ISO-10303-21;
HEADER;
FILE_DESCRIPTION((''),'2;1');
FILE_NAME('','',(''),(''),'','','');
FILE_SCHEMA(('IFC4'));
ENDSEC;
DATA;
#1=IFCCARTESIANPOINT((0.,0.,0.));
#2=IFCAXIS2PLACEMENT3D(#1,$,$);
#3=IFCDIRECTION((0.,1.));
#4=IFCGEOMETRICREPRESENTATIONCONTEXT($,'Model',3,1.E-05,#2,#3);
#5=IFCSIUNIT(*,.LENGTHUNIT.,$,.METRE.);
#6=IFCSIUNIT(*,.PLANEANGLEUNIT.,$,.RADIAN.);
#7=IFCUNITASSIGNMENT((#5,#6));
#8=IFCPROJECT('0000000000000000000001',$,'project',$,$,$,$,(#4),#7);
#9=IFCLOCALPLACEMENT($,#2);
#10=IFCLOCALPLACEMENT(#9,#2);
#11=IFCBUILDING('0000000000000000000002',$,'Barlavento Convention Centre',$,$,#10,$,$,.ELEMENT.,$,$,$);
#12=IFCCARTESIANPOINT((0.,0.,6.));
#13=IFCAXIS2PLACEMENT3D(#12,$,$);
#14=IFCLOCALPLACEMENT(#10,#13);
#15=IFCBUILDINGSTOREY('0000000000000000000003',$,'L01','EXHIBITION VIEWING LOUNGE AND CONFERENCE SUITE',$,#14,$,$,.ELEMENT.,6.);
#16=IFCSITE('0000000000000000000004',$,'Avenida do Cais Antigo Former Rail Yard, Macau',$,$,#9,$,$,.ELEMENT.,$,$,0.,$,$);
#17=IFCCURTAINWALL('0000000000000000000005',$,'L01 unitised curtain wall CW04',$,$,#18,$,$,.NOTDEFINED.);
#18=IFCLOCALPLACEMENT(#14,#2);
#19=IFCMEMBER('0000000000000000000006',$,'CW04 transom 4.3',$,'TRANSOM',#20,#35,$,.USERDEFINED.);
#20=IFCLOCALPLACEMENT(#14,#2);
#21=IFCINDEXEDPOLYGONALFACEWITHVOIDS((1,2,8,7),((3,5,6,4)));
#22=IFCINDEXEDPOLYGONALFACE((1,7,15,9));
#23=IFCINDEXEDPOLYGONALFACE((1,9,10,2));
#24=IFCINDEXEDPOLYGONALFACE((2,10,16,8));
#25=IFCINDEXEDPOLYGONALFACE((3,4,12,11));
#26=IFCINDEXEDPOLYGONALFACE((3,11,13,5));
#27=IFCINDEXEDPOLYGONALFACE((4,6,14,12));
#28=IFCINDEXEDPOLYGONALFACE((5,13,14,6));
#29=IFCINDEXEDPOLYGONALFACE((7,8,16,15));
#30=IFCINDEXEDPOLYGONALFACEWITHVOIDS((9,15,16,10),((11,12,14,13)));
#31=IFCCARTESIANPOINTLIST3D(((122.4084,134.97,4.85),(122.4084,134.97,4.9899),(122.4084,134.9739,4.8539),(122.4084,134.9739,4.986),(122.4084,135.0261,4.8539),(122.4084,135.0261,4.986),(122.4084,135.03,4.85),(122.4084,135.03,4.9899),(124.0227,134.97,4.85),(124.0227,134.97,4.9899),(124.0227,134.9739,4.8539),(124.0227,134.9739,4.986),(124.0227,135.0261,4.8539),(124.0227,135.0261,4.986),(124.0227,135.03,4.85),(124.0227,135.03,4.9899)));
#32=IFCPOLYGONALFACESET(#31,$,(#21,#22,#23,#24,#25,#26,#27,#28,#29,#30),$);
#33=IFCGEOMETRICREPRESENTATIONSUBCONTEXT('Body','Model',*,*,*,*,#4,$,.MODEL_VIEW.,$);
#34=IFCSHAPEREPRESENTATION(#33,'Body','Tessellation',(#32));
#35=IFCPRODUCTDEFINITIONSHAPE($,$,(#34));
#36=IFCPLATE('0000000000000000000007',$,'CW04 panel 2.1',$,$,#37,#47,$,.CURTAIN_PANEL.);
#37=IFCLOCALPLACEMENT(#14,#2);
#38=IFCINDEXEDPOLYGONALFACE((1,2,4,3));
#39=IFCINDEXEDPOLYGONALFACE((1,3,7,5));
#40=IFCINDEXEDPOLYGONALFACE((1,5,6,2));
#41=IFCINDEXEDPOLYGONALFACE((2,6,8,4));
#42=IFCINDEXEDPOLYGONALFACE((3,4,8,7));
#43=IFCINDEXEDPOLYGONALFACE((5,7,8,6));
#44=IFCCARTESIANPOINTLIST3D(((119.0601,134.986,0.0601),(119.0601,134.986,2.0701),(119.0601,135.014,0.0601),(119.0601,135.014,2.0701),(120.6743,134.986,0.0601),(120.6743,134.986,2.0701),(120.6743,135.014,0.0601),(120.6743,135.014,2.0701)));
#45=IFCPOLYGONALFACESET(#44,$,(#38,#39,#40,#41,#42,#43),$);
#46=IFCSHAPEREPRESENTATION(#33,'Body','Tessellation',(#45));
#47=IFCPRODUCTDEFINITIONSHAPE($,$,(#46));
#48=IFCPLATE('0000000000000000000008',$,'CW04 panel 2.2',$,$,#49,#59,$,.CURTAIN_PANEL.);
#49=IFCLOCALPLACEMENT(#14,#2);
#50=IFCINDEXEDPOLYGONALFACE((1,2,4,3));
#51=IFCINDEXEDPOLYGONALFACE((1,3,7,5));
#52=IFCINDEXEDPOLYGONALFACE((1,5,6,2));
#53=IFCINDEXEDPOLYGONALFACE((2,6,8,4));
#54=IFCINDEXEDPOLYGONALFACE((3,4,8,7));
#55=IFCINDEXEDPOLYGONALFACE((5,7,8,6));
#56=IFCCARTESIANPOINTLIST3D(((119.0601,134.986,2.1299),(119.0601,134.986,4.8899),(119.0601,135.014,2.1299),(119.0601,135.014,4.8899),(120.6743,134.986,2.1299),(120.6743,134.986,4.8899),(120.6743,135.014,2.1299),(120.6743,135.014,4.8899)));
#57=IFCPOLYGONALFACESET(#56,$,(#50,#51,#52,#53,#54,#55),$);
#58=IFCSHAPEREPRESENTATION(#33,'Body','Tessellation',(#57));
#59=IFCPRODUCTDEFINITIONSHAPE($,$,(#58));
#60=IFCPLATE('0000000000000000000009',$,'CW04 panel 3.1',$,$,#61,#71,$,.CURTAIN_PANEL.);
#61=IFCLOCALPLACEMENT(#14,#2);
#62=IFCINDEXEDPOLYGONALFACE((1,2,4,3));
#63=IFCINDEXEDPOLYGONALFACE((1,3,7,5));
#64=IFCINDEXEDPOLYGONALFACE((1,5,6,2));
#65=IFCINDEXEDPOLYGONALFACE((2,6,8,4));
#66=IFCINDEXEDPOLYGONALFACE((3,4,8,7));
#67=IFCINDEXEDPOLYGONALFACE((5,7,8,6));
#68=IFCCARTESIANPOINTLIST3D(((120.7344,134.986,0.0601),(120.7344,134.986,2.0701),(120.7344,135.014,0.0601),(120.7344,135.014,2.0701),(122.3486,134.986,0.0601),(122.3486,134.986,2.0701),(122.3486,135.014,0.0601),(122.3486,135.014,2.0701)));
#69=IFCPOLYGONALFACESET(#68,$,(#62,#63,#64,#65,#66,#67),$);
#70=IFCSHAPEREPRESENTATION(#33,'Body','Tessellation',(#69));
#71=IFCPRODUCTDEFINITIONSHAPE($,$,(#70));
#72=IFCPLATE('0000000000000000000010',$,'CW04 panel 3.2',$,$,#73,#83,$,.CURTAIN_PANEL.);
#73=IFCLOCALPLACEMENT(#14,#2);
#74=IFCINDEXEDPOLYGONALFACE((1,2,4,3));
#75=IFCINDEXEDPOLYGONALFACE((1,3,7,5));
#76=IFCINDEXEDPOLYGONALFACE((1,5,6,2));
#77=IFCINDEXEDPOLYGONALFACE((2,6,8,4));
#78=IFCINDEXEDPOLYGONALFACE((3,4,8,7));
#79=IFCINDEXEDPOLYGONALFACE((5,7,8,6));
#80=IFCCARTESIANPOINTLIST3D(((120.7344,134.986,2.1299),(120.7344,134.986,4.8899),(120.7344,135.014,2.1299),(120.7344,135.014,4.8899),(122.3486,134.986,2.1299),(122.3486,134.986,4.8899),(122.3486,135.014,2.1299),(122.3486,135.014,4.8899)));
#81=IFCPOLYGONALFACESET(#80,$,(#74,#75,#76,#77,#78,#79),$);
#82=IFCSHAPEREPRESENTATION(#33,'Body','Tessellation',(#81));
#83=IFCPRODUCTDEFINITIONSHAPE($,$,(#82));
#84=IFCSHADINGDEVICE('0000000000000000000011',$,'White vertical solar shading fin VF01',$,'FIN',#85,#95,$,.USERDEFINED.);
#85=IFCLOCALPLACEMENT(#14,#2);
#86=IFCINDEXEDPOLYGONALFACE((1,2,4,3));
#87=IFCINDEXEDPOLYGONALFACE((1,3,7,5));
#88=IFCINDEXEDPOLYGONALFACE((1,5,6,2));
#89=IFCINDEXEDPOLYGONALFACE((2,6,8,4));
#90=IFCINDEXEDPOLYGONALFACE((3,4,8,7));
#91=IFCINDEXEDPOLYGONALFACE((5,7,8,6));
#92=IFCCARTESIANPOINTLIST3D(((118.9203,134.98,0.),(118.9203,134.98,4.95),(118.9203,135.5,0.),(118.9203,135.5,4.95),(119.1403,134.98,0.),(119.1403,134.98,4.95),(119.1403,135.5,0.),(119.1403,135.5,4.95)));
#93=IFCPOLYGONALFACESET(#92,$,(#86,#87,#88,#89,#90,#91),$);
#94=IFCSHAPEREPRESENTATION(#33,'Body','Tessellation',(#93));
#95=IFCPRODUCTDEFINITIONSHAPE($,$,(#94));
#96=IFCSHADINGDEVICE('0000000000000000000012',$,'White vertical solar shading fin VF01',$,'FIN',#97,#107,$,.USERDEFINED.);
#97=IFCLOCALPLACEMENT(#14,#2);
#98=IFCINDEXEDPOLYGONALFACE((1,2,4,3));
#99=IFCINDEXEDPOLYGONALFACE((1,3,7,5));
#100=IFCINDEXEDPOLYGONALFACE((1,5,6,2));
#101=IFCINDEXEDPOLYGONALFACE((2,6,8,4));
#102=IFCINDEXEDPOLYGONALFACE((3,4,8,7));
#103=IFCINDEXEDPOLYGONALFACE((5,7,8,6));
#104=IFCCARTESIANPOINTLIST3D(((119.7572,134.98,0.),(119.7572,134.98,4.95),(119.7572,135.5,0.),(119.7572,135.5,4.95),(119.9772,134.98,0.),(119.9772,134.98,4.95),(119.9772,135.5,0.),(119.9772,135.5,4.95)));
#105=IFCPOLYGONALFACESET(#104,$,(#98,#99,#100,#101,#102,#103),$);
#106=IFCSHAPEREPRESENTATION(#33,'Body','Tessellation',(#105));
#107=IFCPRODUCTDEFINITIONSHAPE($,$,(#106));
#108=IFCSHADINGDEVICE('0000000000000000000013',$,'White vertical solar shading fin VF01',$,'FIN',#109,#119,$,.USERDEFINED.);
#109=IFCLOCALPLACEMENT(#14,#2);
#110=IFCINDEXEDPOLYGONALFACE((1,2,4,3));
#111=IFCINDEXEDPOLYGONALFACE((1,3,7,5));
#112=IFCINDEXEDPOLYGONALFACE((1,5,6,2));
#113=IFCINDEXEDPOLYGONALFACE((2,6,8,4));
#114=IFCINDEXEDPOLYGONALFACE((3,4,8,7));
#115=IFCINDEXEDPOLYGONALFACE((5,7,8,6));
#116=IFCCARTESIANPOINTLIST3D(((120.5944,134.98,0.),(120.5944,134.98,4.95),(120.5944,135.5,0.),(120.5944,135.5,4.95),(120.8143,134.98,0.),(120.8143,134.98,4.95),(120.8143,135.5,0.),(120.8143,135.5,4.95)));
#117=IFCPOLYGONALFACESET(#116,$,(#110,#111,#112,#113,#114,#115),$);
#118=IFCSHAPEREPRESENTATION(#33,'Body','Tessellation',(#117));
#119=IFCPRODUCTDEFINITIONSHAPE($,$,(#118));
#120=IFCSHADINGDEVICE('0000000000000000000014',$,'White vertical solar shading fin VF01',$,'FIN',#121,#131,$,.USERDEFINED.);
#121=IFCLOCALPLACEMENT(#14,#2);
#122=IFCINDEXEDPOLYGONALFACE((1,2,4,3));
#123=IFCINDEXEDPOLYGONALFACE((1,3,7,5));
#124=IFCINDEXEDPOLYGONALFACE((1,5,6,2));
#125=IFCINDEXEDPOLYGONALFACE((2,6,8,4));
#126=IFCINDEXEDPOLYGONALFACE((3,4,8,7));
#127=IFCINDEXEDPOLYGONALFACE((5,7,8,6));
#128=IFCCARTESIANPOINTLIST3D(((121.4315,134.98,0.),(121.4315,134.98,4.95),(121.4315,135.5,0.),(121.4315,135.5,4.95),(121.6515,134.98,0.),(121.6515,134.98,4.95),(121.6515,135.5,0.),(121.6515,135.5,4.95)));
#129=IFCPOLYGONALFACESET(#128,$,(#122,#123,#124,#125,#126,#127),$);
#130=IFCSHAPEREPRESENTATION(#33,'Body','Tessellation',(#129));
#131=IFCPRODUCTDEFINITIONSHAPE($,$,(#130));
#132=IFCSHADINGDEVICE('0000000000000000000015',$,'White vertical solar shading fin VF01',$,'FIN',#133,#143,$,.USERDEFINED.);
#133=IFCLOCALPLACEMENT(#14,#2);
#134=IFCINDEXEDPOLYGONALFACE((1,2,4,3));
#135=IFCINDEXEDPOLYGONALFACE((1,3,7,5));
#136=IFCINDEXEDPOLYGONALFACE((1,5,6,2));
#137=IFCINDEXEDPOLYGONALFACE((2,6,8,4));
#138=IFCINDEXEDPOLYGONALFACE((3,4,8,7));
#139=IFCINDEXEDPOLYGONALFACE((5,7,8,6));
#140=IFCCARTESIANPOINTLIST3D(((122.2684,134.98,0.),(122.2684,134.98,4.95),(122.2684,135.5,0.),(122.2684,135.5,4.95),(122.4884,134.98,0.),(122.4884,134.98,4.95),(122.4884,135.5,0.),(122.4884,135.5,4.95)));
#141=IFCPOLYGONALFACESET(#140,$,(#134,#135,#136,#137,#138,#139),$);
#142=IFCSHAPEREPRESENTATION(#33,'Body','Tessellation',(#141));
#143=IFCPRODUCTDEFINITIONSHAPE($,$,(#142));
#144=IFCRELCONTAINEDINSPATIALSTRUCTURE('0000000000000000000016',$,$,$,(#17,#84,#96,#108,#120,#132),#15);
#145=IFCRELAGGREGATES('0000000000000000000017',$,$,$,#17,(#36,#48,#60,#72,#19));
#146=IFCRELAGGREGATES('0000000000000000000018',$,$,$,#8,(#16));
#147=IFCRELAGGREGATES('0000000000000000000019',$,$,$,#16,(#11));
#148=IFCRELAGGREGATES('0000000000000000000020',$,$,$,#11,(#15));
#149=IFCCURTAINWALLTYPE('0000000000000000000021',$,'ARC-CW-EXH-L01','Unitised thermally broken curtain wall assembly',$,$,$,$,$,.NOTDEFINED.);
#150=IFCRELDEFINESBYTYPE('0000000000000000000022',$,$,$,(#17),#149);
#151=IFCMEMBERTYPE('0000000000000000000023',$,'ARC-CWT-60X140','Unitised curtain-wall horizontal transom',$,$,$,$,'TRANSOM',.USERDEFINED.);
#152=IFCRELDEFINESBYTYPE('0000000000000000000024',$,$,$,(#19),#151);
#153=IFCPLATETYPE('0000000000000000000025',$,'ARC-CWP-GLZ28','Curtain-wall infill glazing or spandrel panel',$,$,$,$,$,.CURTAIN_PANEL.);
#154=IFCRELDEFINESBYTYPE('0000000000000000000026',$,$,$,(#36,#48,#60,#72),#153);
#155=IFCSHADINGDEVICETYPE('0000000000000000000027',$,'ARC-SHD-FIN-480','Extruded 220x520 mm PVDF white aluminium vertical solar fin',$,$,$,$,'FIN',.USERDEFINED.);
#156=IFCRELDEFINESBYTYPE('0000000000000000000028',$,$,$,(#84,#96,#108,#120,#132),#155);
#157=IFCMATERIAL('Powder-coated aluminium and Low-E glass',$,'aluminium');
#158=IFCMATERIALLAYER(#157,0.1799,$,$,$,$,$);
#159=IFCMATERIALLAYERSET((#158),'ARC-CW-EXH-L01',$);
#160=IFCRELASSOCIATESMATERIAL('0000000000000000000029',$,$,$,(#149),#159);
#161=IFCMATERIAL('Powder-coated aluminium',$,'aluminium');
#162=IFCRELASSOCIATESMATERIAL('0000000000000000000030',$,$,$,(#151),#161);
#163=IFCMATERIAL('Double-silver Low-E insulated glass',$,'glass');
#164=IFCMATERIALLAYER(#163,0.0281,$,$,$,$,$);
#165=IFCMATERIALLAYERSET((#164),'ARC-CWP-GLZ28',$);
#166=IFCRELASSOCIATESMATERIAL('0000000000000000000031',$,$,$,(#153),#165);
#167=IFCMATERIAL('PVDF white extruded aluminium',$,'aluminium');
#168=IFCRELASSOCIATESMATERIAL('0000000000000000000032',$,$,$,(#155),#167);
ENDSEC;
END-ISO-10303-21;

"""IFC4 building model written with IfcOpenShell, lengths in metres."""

from ifc_helpers import new_model, si_unit, direction, frame, origin, origin_2d, place, context, subcontext, project, spatial, rectangle, hollow_rectangle, extrude, material, layer, layer_set, material_profile, profile_set, type_object, element, aggregate, save


model = new_model("IFC4")

# Units and contexts
model_context = context("Model", 3, precision=1e-05, world=origin(), true_north=direction((0.0, 1.0)))
body_context = subcontext(model_context, "Body", "Model", "MODEL_VIEW")
ifc_project = project(units=[si_unit("LENGTHUNIT", "METRE"), si_unit("PLANEANGLEUNIT", "RADIAN")], contexts=[model_context])

# Site, building, storey
site_placement = place(None, origin())
site = spatial("IfcSite", under=ifc_project, at=site_placement, Name="Avenida do Cais Antigo Former Rail Yard, Macau", CompositionType="ELEMENT", RefElevation=0.0)
building_placement = place(site_placement, origin())
building = spatial("IfcBuilding", under=site, at=building_placement, Name="Barlavento Convention Centre", CompositionType="ELEMENT")
storey_placement = place(building_placement, frame((0.0, 0.0, 6.0)))
storey = spatial("IfcBuildingStorey", under=building, at=storey_placement, Name="L01", Description="EXHIBITION VIEWING LOUNGE AND CONFERENCE SUITE", CompositionType="ELEMENT", Elevation=6.0)

# Curtain wall, member, plates
ifc_material_1 = material(Name="Powder-coated aluminium and Low-E glass", Category="aluminium")
ifc_layer_1 = layer(ifc_material_1, 0.1799)
ifc_layer_set_1 = layer_set([ifc_layer_1], Name="ARC-CW-EXH-L01")
curtain_wall_type = type_object("IfcCurtainWallType", Name="ARC-CW-EXH-L01", Description="Unitised thermally broken curtain wall assembly", PredefinedType="NOTDEFINED", material=ifc_layer_set_1)
curtain_wall_placement = place(storey_placement, origin())
curtain_wall = element("IfcCurtainWall", 1, at=curtain_wall_placement, inside=storey, type_object=curtain_wall_type, Name="L01 unitised curtain wall CW04", PredefinedType="NOTDEFINED")
ifc_material_2 = material(Name="Powder-coated aluminium", Category="aluminium")
ifc_material_profile_1 = material_profile(ifc_material_2, hollow_rectangle(XDim=0.0601, YDim=0.1399, WallThickness=0.0039, at=origin_2d()), Name="AL-TRAN 60x140x4")
ifc_profile_set_1 = profile_set([ifc_material_profile_1], Name="Powder-coated aluminium")
member_type_1 = type_object("IfcMemberType", Name="ARC-CWT-60X140", Description="Unitised curtain-wall horizontal transom", ElementType="TRANSOM", PredefinedType="USERDEFINED", material=ifc_profile_set_1)
member_1_placement = place(storey_placement, frame((122.4084, 135.0, 4.9199), z_axis=(1.0, 0.0, 0.0), x_axis=(0.0, 1.0, 0.0)))
member_1 = element("IfcMember", 2, at=member_1_placement, type_object=member_type_1, Name="CW04 transom 4.3", ObjectType="TRANSOM", PredefinedType="USERDEFINED", context=body_context, shape_type="SweptSolid", body=[
    extrude(hollow_rectangle(XDim=0.0601, YDim=0.1399, WallThickness=0.0039, at=origin_2d()), origin(), (0.0, 0.0, 1.0), 1.6143),
])
ifc_material_3 = material(Name="Double-silver Low-E insulated glass", Category="glass")
ifc_layer_2 = layer(ifc_material_3, 0.0281)
ifc_layer_set_2 = layer_set([ifc_layer_2], Name="ARC-CWP-GLZ28")
plate_type = type_object("IfcPlateType", Name="ARC-CWP-GLZ28", Description="Curtain-wall infill glazing or spandrel panel", PredefinedType="CURTAIN_PANEL", material=ifc_layer_set_2)
plate_1_placement = place(storey_placement, frame((119.8672, 135.0, 0.0601), z_axis=(0.0, 0.0, 1.0), x_axis=(1.0, 0.0, 0.0)))
plate_1 = element("IfcPlate", 3, at=plate_1_placement, type_object=plate_type, Name="CW04 panel 2.1", PredefinedType="CURTAIN_PANEL", context=body_context, shape_type="SweptSolid", body=[
    extrude(rectangle(XDim=1.6143, YDim=0.0281, at=origin_2d()), origin(), (0.0, 0.0, 1.0), 2.01),
])
plate_2_placement = place(storey_placement, frame((119.8672, 135.0, 2.1299), z_axis=(0.0, 0.0, 1.0), x_axis=(1.0, 0.0, 0.0)))
plate_2 = element("IfcPlate", 4, at=plate_2_placement, type_object=plate_type, Name="CW04 panel 2.2", PredefinedType="CURTAIN_PANEL", context=body_context, shape_type="SweptSolid", body=[
    extrude(rectangle(XDim=1.6143, YDim=0.0281, at=origin_2d()), origin(), (0.0, 0.0, 1.0), 2.76),
])
plate_3_placement = place(storey_placement, frame((121.5415, 135.0, 0.0601), z_axis=(0.0, 0.0, 1.0), x_axis=(1.0, 0.0, 0.0)))
plate_3 = element("IfcPlate", 5, at=plate_3_placement, type_object=plate_type, Name="CW04 panel 3.1", PredefinedType="CURTAIN_PANEL", context=body_context, shape_type="SweptSolid", body=[
    extrude(rectangle(XDim=1.6143, YDim=0.0281, at=origin_2d()), origin(), (0.0, 0.0, 1.0), 2.01),
])
plate_4_placement = place(storey_placement, frame((121.5415, 135.0, 2.1299), z_axis=(0.0, 0.0, 1.0), x_axis=(1.0, 0.0, 0.0)))
plate_4 = element("IfcPlate", 6, at=plate_4_placement, type_object=plate_type, Name="CW04 panel 3.2", PredefinedType="CURTAIN_PANEL", context=body_context, shape_type="SweptSolid", body=[
    extrude(rectangle(XDim=1.6143, YDim=0.0281, at=origin_2d()), origin(), (0.0, 0.0, 1.0), 2.76),
])
aggregate(curtain_wall, [plate_1, plate_2, plate_3, plate_4, member_1])

# Shading devices
ifc_material_4 = material(Name="PVDF white extruded aluminium", Category="aluminium")
shading_device_type = type_object("IfcShadingDeviceType", Name="ARC-SHD-FIN-480", Description="Extruded 220x520 mm PVDF white aluminium vertical solar fin", ElementType="FIN", PredefinedType="USERDEFINED", material=ifc_material_4)
for number, where, z_axis, x_axis, name in (
    (7, (119.0303, 135.24, 0.0), (0.0, 0.0, 1.0), (1.0, 0.0, 0.0), "White vertical solar shading fin VF01"),
    (8, (119.8672, 135.24, 0.0), (0.0, 0.0, 1.0), (1.0, 0.0, 0.0), "White vertical solar shading fin VF01"),
    (9, (120.7043, 135.24, 0.0), (0.0, 0.0, 1.0), (1.0, 0.0, 0.0), "White vertical solar shading fin VF01"),
    (10, (121.5415, 135.24, 0.0), (0.0, 0.0, 1.0), (1.0, 0.0, 0.0), "White vertical solar shading fin VF01"),
    (11, (122.3784, 135.24, 0.0), (0.0, 0.0, 1.0), (1.0, 0.0, 0.0), "White vertical solar shading fin VF01"),
):
    element("IfcShadingDevice", number, at=place(storey_placement, frame(where, z_axis=z_axis, x_axis=x_axis)), inside=storey, type_object=shading_device_type, Name=name, ObjectType="FIN", PredefinedType="USERDEFINED", context=body_context, shape_type="SweptSolid", body=[
        extrude(rectangle(XDim=0.22, YDim=0.52, at=origin_2d()), origin(), (0.0, 0.0, 1.0), 4.95),
    ])

save(model, "model.ifc")
